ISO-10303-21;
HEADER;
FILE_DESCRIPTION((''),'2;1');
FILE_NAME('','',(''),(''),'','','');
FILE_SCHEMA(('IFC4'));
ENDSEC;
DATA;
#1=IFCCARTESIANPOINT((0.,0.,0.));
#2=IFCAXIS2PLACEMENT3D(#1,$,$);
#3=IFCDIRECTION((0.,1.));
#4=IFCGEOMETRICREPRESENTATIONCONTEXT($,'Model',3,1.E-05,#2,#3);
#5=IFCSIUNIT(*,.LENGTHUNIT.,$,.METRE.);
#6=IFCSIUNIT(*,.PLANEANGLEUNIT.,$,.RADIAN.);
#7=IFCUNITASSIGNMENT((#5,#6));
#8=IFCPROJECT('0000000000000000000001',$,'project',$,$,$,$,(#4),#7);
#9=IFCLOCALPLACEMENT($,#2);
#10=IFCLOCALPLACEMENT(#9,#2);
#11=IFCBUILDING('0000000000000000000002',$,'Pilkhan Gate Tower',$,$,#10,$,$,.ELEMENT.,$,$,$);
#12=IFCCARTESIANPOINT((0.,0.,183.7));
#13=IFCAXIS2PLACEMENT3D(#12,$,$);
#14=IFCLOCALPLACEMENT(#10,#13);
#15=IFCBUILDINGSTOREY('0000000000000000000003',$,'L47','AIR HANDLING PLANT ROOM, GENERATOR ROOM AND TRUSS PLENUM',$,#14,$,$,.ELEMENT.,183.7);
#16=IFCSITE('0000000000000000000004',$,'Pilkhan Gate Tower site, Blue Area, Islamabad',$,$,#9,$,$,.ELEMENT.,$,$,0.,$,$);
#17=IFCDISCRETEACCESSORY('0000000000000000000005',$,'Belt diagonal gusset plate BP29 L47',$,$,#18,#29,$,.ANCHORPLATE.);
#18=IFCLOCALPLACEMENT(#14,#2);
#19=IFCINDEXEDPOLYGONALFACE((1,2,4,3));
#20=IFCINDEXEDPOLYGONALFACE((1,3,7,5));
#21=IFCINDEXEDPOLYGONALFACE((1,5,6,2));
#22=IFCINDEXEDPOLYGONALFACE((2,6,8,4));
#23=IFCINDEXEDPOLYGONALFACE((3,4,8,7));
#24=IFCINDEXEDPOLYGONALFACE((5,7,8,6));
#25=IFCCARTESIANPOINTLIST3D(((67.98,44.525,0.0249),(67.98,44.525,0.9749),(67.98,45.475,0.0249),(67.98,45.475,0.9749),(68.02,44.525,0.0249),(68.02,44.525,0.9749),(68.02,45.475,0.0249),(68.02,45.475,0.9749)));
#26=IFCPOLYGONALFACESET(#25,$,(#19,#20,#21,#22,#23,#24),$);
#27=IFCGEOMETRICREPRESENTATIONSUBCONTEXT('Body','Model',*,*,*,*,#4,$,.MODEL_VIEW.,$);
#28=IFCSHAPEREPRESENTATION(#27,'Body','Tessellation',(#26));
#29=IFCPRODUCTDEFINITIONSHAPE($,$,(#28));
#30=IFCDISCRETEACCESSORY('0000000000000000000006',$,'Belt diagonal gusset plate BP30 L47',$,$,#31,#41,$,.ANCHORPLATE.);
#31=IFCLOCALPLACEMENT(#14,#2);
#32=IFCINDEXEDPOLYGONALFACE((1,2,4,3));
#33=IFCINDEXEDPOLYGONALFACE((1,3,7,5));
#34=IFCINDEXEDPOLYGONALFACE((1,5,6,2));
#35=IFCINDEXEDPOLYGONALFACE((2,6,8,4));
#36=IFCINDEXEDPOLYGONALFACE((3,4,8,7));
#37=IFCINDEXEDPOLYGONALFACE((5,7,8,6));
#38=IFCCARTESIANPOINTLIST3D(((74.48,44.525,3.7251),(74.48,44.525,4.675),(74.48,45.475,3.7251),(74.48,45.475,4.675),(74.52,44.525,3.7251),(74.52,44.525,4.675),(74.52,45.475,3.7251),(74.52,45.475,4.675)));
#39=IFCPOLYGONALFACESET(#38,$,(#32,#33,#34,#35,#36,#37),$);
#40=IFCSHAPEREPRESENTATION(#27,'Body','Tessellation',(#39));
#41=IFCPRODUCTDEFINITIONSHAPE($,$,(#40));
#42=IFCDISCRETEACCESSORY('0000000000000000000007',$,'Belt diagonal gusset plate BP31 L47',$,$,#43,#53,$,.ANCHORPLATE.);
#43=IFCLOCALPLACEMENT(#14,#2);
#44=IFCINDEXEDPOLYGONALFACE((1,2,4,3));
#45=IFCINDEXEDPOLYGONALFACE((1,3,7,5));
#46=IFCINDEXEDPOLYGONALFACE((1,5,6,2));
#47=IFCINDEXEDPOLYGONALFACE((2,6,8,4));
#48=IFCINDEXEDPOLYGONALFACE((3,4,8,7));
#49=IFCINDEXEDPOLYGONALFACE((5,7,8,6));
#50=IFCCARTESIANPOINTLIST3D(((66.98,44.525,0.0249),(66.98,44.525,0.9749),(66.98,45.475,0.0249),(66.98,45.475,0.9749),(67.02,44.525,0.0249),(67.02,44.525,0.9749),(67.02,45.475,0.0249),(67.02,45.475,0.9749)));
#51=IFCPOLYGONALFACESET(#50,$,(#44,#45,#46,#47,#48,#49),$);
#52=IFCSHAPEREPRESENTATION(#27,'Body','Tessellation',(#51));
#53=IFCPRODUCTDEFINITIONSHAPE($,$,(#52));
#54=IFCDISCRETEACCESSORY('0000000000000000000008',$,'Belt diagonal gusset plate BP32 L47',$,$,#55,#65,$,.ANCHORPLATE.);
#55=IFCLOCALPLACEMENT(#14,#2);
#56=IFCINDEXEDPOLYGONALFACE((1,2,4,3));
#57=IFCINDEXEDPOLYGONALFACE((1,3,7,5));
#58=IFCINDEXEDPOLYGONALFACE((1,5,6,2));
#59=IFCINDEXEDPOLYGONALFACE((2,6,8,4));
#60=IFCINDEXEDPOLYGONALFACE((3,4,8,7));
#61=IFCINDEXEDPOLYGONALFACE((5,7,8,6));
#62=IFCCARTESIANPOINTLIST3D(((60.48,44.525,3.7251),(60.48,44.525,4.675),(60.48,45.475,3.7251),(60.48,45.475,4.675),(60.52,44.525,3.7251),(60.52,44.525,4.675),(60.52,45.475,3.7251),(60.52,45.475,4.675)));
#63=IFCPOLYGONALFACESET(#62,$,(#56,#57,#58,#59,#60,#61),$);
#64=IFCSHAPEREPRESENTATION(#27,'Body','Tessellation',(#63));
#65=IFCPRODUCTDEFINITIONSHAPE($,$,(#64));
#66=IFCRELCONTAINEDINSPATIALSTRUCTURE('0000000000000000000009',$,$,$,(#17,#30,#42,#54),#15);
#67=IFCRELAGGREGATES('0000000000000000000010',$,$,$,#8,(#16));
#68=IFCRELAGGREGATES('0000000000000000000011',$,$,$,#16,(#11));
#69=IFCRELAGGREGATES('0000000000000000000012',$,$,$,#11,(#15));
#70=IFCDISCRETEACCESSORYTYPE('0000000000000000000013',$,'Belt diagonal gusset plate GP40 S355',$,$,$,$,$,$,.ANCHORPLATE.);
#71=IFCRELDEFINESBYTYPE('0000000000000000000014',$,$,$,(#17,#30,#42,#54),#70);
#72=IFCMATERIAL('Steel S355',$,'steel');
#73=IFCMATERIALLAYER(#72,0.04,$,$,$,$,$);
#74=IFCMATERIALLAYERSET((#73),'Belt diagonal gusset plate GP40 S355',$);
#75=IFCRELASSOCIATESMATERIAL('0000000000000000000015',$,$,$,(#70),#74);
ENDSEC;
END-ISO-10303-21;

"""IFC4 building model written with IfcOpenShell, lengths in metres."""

from ifc_helpers import new_model, si_unit, direction, frame, origin, origin_2d, place, context, subcontext, project, spatial, rectangle, extrude, material, layer, layer_set, type_object, element, save


model = new_model("IFC4")

# Units and contexts
model_context = context("Model", 3, precision=1e-05, world=origin(), true_north=direction((0.0, 1.0)))
body_context = subcontext(model_context, "Body", "Model", "MODEL_VIEW")
ifc_project = project(units=[si_unit("LENGTHUNIT", "METRE"), si_unit("PLANEANGLEUNIT", "RADIAN")], contexts=[model_context])

# Site, building, storey
site_placement = place(None, origin())
site = spatial("IfcSite", under=ifc_project, at=site_placement, Name="Pilkhan Gate Tower site, Blue Area, Islamabad", CompositionType="ELEMENT", RefElevation=0.0)
building_placement = place(site_placement, origin())
building = spatial("IfcBuilding", under=site, at=building_placement, Name="Pilkhan Gate Tower", CompositionType="ELEMENT")
storey_placement = place(building_placement, frame((0.0, 0.0, 183.7)))
storey = spatial("IfcBuildingStorey", under=building, at=storey_placement, Name="L47", Description="AIR HANDLING PLANT ROOM, GENERATOR ROOM AND TRUSS PLENUM", CompositionType="ELEMENT", Elevation=183.7)

# Discrete accessories
ifc_material_1 = material(Name="Steel S355", Category="steel")
ifc_layer_1 = layer(ifc_material_1, 0.04)
ifc_layer_set_1 = layer_set([ifc_layer_1], Name="Belt diagonal gusset plate GP40 S355")
discrete_accessory_type = type_object("IfcDiscreteAccessoryType", Name="Belt diagonal gusset plate GP40 S355", PredefinedType="ANCHORPLATE", material=ifc_layer_set_1)
for number, where, z_axis, x_axis, name in (
    (1, (68.0, 45.0, 0.0249), (0.0, 0.0, 1.0), (1.0, 0.0, 0.0), "Belt diagonal gusset plate BP29 L47"),
    (2, (74.5, 45.0, 3.7251), (0.0, 0.0, 1.0), (1.0, 0.0, 0.0), "Belt diagonal gusset plate BP30 L47"),
    (3, (67.0, 45.0, 0.0249), (0.0, 0.0, 1.0), (1.0, 0.0, 0.0), "Belt diagonal gusset plate BP31 L47"),
    (4, (60.5, 45.0, 3.7251), (0.0, 0.0, 1.0), (1.0, 0.0, 0.0), "Belt diagonal gusset plate BP32 L47"),
):
    element("IfcDiscreteAccessory", number, at=place(storey_placement, frame(where, z_axis=z_axis, x_axis=x_axis)), inside=storey, type_object=discrete_accessory_type, Name=name, PredefinedType="ANCHORPLATE", context=body_context, shape_type="SweptSolid", body=[
        extrude(rectangle(XDim=0.04, YDim=0.95, at=origin_2d()), origin(), (0.0, 0.0, 1.0), 0.95),
    ])

save(model, "model.ifc")
